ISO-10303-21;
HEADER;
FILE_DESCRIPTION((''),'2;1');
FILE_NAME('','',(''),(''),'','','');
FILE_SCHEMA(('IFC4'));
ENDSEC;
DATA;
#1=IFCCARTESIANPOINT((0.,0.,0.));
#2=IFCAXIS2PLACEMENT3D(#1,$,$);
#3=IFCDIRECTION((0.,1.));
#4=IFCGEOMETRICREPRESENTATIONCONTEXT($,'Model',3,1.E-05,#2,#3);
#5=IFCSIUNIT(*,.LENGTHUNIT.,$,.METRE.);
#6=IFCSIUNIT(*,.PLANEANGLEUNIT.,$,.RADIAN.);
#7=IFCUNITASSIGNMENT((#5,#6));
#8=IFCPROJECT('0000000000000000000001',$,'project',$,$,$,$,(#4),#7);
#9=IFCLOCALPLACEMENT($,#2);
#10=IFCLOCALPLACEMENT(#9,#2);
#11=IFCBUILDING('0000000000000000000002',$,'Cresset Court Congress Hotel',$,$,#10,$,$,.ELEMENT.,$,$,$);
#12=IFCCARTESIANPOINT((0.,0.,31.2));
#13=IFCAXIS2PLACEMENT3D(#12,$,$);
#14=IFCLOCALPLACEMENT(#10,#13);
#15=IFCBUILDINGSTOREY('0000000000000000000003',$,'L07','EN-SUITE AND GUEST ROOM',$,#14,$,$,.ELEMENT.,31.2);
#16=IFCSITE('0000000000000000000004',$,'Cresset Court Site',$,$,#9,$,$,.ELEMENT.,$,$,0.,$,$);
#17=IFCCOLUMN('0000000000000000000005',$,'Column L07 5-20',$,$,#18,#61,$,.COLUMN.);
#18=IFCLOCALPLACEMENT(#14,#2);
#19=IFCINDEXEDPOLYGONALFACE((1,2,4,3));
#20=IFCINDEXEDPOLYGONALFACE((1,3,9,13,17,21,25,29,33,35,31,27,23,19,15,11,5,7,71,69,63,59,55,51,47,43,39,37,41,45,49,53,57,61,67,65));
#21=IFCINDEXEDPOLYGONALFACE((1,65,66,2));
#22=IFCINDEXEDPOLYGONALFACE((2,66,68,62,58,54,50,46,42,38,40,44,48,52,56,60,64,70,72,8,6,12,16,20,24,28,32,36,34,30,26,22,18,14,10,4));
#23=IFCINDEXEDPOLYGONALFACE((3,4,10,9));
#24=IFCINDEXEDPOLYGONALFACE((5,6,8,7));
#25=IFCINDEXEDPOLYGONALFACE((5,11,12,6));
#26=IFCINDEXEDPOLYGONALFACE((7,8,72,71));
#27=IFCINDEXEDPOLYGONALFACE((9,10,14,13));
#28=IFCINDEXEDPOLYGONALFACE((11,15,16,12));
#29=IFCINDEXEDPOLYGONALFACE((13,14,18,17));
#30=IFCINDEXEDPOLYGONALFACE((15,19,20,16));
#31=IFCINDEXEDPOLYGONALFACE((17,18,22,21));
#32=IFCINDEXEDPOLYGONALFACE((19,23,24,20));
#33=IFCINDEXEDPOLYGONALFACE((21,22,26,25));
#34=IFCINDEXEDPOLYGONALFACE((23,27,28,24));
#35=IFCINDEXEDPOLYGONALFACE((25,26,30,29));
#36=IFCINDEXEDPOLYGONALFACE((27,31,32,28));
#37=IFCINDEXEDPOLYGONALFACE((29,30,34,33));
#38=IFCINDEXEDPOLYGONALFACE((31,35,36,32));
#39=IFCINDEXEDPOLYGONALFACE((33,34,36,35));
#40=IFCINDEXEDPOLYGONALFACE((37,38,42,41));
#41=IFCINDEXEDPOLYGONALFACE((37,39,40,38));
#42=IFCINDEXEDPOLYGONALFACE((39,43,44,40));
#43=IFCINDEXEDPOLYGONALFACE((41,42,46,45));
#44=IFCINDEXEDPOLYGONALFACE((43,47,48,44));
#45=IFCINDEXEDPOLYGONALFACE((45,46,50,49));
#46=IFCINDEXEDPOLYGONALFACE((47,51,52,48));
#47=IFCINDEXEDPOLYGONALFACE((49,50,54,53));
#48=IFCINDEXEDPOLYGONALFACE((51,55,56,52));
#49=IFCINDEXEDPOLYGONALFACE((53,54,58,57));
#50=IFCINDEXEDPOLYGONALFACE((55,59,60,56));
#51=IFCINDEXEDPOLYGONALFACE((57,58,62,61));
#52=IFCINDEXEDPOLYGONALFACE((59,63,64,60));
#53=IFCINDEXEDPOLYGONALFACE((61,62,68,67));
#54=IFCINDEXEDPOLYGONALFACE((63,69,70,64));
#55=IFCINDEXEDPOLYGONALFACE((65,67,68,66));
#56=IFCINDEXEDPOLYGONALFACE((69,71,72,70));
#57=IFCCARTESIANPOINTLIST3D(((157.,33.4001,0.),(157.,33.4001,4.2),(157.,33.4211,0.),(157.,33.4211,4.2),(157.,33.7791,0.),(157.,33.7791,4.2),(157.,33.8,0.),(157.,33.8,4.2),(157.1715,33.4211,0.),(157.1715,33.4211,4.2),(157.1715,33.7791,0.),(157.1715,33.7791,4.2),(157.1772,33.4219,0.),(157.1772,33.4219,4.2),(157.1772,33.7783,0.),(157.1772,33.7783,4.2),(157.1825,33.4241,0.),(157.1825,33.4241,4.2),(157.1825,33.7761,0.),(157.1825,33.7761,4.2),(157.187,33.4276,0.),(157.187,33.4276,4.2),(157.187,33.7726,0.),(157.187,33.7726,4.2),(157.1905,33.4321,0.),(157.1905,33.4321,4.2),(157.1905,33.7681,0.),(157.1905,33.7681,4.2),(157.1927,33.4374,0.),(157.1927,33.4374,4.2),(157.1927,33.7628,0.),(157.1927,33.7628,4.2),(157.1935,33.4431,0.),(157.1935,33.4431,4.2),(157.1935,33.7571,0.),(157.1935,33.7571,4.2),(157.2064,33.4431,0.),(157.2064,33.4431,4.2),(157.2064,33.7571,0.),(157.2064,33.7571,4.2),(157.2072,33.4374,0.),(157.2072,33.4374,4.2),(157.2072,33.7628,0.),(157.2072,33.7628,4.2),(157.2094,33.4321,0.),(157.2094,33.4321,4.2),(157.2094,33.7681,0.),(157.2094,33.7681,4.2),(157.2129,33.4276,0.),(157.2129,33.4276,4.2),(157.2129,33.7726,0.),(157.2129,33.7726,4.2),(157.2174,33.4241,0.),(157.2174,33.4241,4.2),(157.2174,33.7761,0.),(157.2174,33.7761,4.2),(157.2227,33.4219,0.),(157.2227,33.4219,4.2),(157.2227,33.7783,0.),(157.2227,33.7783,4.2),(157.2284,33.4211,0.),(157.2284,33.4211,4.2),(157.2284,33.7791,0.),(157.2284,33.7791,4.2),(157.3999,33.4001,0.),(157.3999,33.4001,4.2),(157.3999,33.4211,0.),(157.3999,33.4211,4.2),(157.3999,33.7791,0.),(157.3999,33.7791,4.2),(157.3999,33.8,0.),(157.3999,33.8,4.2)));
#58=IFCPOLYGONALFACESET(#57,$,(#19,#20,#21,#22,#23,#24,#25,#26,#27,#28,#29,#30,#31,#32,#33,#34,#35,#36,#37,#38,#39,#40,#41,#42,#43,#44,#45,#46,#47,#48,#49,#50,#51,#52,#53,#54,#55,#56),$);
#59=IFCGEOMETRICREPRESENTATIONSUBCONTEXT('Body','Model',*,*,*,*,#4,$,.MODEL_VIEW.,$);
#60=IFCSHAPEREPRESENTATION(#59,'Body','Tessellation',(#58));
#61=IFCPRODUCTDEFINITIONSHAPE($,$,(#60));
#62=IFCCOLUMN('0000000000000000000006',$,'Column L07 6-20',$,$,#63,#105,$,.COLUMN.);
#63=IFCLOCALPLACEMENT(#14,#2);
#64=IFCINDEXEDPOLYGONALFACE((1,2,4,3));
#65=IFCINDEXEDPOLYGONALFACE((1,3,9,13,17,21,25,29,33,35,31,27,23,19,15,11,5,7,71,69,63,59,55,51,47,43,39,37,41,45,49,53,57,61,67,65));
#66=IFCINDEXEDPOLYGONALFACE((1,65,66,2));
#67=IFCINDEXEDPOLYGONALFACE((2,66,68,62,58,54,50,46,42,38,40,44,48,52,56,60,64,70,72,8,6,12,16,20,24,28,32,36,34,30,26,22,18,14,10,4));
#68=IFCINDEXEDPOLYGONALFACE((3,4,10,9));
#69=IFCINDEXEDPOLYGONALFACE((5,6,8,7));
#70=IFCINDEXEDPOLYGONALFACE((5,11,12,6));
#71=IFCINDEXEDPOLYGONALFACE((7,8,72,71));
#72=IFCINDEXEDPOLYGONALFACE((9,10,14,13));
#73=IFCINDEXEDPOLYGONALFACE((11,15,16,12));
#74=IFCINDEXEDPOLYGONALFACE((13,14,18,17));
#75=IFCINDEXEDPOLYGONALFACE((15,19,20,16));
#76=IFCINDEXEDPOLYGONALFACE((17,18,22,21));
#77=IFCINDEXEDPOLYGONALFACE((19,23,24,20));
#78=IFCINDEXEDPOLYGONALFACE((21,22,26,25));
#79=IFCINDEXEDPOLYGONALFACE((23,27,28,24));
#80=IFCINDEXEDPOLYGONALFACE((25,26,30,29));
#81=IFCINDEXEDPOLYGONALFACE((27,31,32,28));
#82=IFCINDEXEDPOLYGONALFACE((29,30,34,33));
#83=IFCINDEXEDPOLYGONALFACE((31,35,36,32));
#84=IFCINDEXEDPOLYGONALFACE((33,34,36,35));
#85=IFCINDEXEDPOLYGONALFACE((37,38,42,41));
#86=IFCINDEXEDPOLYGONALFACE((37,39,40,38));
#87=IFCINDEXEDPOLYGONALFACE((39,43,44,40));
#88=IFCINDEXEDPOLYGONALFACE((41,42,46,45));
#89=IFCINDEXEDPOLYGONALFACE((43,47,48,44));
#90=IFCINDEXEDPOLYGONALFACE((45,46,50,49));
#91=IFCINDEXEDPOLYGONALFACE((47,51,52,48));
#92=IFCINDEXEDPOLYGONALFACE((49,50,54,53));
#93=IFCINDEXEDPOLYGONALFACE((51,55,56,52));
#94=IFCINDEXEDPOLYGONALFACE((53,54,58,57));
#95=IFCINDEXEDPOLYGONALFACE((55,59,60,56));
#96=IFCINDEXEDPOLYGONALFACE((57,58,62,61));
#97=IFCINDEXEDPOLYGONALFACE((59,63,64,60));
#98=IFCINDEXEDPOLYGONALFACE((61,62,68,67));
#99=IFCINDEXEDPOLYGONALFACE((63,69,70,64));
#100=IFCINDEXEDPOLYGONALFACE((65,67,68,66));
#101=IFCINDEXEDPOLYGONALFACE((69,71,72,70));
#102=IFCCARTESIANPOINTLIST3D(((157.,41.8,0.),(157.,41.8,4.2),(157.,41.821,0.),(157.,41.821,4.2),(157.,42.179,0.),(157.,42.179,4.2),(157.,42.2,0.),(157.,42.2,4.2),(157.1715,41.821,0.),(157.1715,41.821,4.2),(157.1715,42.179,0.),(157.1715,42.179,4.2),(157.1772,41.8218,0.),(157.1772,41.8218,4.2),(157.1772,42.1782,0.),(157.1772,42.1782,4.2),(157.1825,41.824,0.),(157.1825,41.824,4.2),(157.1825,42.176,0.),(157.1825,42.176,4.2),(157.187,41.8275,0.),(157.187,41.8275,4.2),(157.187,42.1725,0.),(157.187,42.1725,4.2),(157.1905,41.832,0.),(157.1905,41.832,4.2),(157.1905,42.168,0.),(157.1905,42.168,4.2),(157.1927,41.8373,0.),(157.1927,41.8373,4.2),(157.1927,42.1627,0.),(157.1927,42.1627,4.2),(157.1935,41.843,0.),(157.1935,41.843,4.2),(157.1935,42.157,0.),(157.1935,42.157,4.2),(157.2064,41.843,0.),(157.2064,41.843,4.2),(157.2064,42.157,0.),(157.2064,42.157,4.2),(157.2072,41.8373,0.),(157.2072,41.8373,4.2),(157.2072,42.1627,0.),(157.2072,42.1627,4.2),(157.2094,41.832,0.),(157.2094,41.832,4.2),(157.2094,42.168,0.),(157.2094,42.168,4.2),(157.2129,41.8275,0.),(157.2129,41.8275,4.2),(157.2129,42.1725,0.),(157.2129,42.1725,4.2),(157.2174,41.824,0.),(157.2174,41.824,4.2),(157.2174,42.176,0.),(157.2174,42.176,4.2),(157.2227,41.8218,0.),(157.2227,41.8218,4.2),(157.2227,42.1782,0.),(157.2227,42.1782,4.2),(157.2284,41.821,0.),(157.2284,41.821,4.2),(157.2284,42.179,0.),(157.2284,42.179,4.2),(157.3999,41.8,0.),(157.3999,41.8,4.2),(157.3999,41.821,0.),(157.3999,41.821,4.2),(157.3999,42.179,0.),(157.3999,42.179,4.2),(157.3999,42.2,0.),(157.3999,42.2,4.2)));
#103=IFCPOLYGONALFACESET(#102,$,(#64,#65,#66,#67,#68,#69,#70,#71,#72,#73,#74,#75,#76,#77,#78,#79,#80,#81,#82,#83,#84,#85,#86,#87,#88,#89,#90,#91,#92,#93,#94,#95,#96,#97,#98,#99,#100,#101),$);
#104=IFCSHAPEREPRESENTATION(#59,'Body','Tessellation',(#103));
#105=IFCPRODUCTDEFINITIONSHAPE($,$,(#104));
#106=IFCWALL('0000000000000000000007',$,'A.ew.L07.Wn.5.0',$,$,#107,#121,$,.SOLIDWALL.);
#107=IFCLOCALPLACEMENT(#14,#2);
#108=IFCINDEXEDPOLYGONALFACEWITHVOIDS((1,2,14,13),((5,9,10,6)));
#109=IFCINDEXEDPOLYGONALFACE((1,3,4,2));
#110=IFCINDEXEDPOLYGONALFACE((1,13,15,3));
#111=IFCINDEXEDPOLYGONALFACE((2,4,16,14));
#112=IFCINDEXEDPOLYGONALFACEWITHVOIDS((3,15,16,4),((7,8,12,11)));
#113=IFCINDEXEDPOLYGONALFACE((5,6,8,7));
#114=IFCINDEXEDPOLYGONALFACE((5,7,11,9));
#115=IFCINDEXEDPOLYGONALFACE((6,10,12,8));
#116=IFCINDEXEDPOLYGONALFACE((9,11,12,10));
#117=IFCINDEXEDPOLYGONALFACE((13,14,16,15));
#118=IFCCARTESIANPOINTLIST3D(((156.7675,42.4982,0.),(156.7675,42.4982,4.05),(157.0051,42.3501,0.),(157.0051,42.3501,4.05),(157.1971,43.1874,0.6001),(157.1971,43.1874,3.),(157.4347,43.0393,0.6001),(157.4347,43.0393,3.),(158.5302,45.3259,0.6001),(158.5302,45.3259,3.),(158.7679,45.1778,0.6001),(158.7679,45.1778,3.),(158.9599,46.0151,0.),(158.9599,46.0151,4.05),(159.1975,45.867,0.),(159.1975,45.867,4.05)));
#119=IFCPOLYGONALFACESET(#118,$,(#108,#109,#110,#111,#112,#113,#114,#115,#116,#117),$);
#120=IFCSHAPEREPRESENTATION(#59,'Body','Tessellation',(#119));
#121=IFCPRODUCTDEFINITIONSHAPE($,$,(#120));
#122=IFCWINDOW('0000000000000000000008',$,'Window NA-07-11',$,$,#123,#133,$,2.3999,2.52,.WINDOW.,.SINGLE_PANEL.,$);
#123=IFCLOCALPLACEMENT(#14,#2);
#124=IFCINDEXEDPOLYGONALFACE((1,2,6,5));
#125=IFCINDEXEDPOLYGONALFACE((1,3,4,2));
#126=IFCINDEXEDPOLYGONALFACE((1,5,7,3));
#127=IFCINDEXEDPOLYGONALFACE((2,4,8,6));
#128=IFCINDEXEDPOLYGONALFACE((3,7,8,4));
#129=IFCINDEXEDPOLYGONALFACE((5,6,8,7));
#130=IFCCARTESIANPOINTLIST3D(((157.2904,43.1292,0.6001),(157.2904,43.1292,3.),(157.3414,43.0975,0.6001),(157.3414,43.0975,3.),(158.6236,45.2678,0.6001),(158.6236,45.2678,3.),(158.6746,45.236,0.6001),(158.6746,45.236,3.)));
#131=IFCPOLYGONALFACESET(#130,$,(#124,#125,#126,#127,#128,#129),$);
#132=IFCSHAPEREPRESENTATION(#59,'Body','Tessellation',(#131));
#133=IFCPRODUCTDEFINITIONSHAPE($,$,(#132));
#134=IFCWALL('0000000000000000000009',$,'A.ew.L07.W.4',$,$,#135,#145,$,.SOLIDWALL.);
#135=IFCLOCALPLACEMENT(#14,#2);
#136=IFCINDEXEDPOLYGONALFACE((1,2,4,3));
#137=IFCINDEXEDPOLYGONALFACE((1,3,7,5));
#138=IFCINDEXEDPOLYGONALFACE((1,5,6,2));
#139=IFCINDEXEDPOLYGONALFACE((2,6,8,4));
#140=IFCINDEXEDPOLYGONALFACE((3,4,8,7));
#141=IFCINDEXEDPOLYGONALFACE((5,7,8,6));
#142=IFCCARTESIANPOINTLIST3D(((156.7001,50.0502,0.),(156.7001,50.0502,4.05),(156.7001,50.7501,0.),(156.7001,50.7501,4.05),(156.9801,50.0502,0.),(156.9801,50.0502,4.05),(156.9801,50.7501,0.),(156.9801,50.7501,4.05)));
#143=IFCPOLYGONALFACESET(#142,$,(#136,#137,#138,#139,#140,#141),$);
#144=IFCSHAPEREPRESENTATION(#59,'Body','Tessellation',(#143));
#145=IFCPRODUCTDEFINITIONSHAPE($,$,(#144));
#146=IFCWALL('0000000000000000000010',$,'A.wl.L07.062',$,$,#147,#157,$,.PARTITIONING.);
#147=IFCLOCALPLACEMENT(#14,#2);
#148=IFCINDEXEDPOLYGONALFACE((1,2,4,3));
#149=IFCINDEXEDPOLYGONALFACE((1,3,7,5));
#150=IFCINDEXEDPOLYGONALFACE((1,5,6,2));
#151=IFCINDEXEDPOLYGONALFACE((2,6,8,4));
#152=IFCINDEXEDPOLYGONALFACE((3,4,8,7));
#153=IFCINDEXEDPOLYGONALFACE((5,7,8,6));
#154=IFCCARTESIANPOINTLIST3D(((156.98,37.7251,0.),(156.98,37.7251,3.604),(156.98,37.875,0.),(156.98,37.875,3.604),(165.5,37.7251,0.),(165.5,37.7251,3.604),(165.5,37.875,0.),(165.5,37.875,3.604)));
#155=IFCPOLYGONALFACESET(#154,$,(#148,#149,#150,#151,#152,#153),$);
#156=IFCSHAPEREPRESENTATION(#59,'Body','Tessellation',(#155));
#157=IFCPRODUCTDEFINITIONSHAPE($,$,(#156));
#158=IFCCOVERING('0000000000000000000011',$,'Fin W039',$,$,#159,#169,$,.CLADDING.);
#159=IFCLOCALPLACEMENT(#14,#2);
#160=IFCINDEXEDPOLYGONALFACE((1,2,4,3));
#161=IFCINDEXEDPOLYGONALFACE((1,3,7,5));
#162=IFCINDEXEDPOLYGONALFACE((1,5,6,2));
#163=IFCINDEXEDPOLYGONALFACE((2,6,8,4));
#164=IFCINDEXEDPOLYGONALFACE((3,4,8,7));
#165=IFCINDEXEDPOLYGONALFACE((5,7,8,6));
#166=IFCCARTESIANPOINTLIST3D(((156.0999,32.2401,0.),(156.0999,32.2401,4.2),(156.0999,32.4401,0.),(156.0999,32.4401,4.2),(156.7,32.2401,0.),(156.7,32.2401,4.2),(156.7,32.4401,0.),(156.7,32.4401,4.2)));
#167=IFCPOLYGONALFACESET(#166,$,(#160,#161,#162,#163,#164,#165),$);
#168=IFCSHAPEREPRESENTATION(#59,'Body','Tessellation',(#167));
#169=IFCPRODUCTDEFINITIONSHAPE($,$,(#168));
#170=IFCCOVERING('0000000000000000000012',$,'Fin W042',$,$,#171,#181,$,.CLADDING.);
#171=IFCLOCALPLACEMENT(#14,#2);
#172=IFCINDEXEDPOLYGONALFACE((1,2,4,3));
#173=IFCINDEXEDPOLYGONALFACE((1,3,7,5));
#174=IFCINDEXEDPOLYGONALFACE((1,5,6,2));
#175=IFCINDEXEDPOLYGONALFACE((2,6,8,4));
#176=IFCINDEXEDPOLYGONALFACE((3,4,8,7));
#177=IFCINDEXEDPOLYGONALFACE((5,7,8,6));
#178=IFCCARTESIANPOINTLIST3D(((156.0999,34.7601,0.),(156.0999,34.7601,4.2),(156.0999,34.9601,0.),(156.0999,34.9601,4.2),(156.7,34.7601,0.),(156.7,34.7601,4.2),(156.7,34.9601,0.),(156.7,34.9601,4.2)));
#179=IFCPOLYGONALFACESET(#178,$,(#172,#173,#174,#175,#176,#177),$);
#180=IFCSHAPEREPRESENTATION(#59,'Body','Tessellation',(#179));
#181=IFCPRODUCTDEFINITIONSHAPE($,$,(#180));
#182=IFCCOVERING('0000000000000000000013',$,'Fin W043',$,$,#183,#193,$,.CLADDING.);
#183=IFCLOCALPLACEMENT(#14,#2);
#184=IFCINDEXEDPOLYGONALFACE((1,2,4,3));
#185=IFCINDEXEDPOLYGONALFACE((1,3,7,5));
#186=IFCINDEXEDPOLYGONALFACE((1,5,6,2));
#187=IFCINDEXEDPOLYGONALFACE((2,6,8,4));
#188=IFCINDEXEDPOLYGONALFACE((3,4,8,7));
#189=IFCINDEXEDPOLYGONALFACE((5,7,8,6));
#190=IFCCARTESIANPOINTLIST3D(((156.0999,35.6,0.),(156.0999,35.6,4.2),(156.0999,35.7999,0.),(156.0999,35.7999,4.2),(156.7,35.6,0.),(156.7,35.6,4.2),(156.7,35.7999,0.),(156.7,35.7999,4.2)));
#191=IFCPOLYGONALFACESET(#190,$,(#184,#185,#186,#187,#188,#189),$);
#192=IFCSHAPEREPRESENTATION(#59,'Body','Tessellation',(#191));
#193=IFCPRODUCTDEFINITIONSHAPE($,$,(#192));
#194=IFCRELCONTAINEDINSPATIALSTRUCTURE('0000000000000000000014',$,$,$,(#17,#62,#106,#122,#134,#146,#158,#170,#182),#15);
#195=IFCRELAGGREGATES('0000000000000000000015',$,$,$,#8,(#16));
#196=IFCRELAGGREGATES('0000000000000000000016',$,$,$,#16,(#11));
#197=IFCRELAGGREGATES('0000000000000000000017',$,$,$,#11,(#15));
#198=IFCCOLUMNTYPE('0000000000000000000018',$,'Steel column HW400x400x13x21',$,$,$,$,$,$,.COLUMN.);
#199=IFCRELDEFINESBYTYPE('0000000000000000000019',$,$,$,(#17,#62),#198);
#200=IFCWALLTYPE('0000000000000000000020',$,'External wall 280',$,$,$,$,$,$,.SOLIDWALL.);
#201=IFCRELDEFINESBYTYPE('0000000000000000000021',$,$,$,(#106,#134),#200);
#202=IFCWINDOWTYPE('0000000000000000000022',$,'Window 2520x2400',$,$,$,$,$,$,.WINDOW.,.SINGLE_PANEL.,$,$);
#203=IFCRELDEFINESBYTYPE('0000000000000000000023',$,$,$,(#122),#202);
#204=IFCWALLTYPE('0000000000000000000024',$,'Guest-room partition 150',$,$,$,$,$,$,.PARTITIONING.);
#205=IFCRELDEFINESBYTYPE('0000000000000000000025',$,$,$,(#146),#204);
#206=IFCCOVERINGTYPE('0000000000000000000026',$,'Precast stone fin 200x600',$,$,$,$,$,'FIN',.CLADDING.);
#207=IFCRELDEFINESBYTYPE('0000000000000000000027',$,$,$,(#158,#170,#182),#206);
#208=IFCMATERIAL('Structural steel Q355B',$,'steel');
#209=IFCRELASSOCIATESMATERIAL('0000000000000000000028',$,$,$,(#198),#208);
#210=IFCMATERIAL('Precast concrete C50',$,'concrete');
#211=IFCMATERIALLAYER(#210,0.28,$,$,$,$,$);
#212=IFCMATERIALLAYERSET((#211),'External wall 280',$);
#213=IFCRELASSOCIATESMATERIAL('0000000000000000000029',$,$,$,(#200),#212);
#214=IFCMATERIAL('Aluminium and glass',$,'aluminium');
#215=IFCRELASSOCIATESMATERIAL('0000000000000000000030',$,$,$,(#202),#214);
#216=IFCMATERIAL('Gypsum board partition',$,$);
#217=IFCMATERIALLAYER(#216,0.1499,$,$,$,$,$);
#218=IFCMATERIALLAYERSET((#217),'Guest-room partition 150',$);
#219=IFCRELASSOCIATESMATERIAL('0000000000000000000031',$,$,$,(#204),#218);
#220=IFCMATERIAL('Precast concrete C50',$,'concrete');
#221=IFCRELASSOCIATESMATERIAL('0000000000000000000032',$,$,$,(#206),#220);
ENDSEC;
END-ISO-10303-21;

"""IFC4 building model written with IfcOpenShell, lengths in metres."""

from ifc_helpers import new_model, si_unit, direction, frame, frame_2d, origin, origin_2d, place, context, subcontext, project, spatial, rectangle, i_section, extrude, material, layer, layer_set, material_profile, profile_set, type_object, element, fill, save


model = new_model("IFC4")

# Units and contexts
model_context = context("Model", 3, precision=1e-05, world=origin(), true_north=direction((0.0, 1.0)))
body_context = subcontext(model_context, "Body", "Model", "MODEL_VIEW")
ifc_project = project(units=[si_unit("LENGTHUNIT", "METRE"), si_unit("PLANEANGLEUNIT", "RADIAN")], contexts=[model_context])

# Site, building, storey
site_placement = place(None, origin())
site = spatial("IfcSite", under=ifc_project, at=site_placement, Name="Cresset Court Site", CompositionType="ELEMENT", RefElevation=0.0)
building_placement = place(site_placement, origin())
building = spatial("IfcBuilding", under=site, at=building_placement, Name="Cresset Court Congress Hotel", CompositionType="ELEMENT")
storey_placement = place(building_placement, frame((0.0, 0.0, 31.2)))
storey = spatial("IfcBuildingStorey", under=building, at=storey_placement, Name="L07", Description="EN-SUITE AND GUEST ROOM", CompositionType="ELEMENT", Elevation=31.2)

# Columns
ifc_material_1 = material(Name="Structural steel Q355B", Category="steel")
ifc_material_profile = material_profile(ifc_material_1, i_section(OverallWidth=0.3999, OverallDepth=0.3999, WebThickness=0.0129, FlangeThickness=0.021, FilletRadius=0.022, at=origin_2d()), Name="HW400x400x13x21")
ifc_profile_set = profile_set([ifc_material_profile], Name="Structural steel Q355B")
column_type = type_object("IfcColumnType", Name="Steel column HW400x400x13x21", PredefinedType="COLUMN", material=ifc_profile_set)
for number, where, z_axis, x_axis, name in (
    (1, (157.2, 33.6001, 0.0), (0.0, 0.0, 1.0), (1.0, 0.0, 0.0), "Column L07 5-20"),
    (2, (157.2, 42.0, 0.0), (0.0, 0.0, 1.0), (1.0, 0.0, 0.0), "Column L07 6-20"),
):
    element("IfcColumn", number, at=place(storey_placement, frame(where, z_axis=z_axis, x_axis=x_axis)), inside=storey, type_object=column_type, Name=name, PredefinedType="COLUMN", context=body_context, shape_type="SweptSolid", body=[
        extrude(i_section(OverallWidth=0.3999, OverallDepth=0.3999, WebThickness=0.0129, FlangeThickness=0.021, FilletRadius=0.022, at=origin_2d()), origin(), (0.0, 0.0, 1.0), 4.2),
    ])

# Wall, opening, window
ifc_material_2 = material(Name="Precast concrete C50", Category="concrete")
ifc_layer_1 = layer(ifc_material_2, 0.28)
ifc_layer_set_1 = layer_set([ifc_layer_1], Name="External wall 280")
wall_type_1 = type_object("IfcWallType", Name="External wall 280", PredefinedType="SOLIDWALL", material=ifc_layer_set_1)
wall_1_placement = place(storey_placement, frame((156.8862, 42.4241, 0.0), z_axis=(0.0, 0.0, 1.0), x_axis=(0.529019, 0.84861, 0.0)))
wall_1 = element("IfcWall", 3, at=wall_1_placement, inside=storey, type_object=wall_type_1, Name="A.ew.L07.Wn.5.0", PredefinedType="SOLIDWALL", context=body_context, shape_type="SweptSolid", body=[
    extrude(rectangle(XDim=4.1443, YDim=0.28, at=frame_2d((2.0723, 0.0))), origin(), (0.0, 0.0, 1.0), 4.05),
])
opening_placement = place(wall_1_placement, frame((0.8123, 0.0, 0.6001)))
opening = element("IfcOpeningElement", 4, at=opening_placement, cuts=wall_1, PredefinedType="OPENING", context=body_context, shape_type="SweptSolid", body=[
    extrude(rectangle(XDim=2.52, YDim=2.3999, at=frame_2d((1.26, 1.2))), frame((0.0, 0.1499, 0.0), z_axis=(0.0, -1.0, 0.0), x_axis=(1.0, 0.0, 0.0)), (0.0, 0.0, 1.0), 0.3),
])
ifc_material_3 = material(Name="Aluminium and glass", Category="aluminium")
window_type = type_object("IfcWindowType", Name="Window 2520x2400", PartitioningType="SINGLE_PANEL", PredefinedType="WINDOW", material=ifc_material_3)
window_placement = place(opening_placement, origin())
window = element("IfcWindow", 5, at=window_placement, inside=storey, type_object=window_type, Name="Window NA-07-11", OverallHeight=2.3999, OverallWidth=2.52, PartitioningType="SINGLE_PANEL", PredefinedType="WINDOW", context=body_context, shape_type="SweptSolid", body=[
    extrude(rectangle(XDim=2.52, YDim=2.3999, at=frame_2d((1.26, 1.2))), frame((0.0, 0.03, 0.0), z_axis=(0.0, -1.0, 0.0), x_axis=(1.0, 0.0, 0.0)), (0.0, 0.0, 1.0), 0.0601),
])
fill(opening, window)

# Walls
wall_2_placement = place(storey_placement, frame((156.8401, 50.05, 0.0), z_axis=(0.0, 0.0, 1.0), x_axis=(0.0, 1.0, 0.0)))
element("IfcWall", 6, at=wall_2_placement, inside=storey, type_object=wall_type_1, Name="A.ew.L07.W.4", PredefinedType="SOLIDWALL", context=body_context, shape_type="SweptSolid", body=[
    extrude(rectangle(XDim=0.7, YDim=0.28, at=frame_2d((0.3501, 0.0))), origin(), (0.0, 0.0, 1.0), 4.05),
])
ifc_material_4 = material(Name="Gypsum board partition")
ifc_layer_2 = layer(ifc_material_4, 0.1499)
ifc_layer_set_2 = layer_set([ifc_layer_2], Name="Guest-room partition 150")
wall_type_2 = type_object("IfcWallType", Name="Guest-room partition 150", PredefinedType="PARTITIONING", material=ifc_layer_set_2)
wall_3_placement = place(storey_placement, frame((156.98, 37.8, 0.0), z_axis=(0.0, 0.0, 1.0), x_axis=(1.0, 0.0, 0.0)))
element("IfcWall", 7, at=wall_3_placement, inside=storey, type_object=wall_type_2, Name="A.wl.L07.062", PredefinedType="PARTITIONING", context=body_context, shape_type="SweptSolid", body=[
    extrude(rectangle(XDim=8.52, YDim=0.1499, at=frame_2d((4.26, 0.0))), origin(), (0.0, 0.0, 1.0), 3.604),
])

# Coverings
ifc_material_5 = material(Name="Precast concrete C50", Category="concrete")
covering_type_1 = type_object("IfcCoveringType", Name="Precast stone fin 200x600", ElementType="FIN", PredefinedType="CLADDING", material=ifc_material_5)
for number, where, z_axis, x_axis, name in (
    (8, (156.3999, 32.3401, 0.0), (0.0, 0.0, 1.0), (1.0, 0.0, 0.0), "Fin W039"),
    (9, (156.3999, 34.8601, 0.0), (0.0, 0.0, 1.0), (1.0, 0.0, 0.0), "Fin W042"),
    (10, (156.3999, 35.7, 0.0), (0.0, 0.0, 1.0), (1.0, 0.0, 0.0), "Fin W043"),
):
    element("IfcCovering", number, at=place(storey_placement, frame(where, z_axis=z_axis, x_axis=x_axis)), inside=storey, type_object=covering_type_1, Name=name, PredefinedType="CLADDING", context=body_context, shape_type="SweptSolid", body=[
        extrude(rectangle(XDim=0.6001, YDim=0.2, at=origin_2d()), origin(), (0.0, 0.0, 1.0), 4.2),
    ])

save(model, "model.ifc")
